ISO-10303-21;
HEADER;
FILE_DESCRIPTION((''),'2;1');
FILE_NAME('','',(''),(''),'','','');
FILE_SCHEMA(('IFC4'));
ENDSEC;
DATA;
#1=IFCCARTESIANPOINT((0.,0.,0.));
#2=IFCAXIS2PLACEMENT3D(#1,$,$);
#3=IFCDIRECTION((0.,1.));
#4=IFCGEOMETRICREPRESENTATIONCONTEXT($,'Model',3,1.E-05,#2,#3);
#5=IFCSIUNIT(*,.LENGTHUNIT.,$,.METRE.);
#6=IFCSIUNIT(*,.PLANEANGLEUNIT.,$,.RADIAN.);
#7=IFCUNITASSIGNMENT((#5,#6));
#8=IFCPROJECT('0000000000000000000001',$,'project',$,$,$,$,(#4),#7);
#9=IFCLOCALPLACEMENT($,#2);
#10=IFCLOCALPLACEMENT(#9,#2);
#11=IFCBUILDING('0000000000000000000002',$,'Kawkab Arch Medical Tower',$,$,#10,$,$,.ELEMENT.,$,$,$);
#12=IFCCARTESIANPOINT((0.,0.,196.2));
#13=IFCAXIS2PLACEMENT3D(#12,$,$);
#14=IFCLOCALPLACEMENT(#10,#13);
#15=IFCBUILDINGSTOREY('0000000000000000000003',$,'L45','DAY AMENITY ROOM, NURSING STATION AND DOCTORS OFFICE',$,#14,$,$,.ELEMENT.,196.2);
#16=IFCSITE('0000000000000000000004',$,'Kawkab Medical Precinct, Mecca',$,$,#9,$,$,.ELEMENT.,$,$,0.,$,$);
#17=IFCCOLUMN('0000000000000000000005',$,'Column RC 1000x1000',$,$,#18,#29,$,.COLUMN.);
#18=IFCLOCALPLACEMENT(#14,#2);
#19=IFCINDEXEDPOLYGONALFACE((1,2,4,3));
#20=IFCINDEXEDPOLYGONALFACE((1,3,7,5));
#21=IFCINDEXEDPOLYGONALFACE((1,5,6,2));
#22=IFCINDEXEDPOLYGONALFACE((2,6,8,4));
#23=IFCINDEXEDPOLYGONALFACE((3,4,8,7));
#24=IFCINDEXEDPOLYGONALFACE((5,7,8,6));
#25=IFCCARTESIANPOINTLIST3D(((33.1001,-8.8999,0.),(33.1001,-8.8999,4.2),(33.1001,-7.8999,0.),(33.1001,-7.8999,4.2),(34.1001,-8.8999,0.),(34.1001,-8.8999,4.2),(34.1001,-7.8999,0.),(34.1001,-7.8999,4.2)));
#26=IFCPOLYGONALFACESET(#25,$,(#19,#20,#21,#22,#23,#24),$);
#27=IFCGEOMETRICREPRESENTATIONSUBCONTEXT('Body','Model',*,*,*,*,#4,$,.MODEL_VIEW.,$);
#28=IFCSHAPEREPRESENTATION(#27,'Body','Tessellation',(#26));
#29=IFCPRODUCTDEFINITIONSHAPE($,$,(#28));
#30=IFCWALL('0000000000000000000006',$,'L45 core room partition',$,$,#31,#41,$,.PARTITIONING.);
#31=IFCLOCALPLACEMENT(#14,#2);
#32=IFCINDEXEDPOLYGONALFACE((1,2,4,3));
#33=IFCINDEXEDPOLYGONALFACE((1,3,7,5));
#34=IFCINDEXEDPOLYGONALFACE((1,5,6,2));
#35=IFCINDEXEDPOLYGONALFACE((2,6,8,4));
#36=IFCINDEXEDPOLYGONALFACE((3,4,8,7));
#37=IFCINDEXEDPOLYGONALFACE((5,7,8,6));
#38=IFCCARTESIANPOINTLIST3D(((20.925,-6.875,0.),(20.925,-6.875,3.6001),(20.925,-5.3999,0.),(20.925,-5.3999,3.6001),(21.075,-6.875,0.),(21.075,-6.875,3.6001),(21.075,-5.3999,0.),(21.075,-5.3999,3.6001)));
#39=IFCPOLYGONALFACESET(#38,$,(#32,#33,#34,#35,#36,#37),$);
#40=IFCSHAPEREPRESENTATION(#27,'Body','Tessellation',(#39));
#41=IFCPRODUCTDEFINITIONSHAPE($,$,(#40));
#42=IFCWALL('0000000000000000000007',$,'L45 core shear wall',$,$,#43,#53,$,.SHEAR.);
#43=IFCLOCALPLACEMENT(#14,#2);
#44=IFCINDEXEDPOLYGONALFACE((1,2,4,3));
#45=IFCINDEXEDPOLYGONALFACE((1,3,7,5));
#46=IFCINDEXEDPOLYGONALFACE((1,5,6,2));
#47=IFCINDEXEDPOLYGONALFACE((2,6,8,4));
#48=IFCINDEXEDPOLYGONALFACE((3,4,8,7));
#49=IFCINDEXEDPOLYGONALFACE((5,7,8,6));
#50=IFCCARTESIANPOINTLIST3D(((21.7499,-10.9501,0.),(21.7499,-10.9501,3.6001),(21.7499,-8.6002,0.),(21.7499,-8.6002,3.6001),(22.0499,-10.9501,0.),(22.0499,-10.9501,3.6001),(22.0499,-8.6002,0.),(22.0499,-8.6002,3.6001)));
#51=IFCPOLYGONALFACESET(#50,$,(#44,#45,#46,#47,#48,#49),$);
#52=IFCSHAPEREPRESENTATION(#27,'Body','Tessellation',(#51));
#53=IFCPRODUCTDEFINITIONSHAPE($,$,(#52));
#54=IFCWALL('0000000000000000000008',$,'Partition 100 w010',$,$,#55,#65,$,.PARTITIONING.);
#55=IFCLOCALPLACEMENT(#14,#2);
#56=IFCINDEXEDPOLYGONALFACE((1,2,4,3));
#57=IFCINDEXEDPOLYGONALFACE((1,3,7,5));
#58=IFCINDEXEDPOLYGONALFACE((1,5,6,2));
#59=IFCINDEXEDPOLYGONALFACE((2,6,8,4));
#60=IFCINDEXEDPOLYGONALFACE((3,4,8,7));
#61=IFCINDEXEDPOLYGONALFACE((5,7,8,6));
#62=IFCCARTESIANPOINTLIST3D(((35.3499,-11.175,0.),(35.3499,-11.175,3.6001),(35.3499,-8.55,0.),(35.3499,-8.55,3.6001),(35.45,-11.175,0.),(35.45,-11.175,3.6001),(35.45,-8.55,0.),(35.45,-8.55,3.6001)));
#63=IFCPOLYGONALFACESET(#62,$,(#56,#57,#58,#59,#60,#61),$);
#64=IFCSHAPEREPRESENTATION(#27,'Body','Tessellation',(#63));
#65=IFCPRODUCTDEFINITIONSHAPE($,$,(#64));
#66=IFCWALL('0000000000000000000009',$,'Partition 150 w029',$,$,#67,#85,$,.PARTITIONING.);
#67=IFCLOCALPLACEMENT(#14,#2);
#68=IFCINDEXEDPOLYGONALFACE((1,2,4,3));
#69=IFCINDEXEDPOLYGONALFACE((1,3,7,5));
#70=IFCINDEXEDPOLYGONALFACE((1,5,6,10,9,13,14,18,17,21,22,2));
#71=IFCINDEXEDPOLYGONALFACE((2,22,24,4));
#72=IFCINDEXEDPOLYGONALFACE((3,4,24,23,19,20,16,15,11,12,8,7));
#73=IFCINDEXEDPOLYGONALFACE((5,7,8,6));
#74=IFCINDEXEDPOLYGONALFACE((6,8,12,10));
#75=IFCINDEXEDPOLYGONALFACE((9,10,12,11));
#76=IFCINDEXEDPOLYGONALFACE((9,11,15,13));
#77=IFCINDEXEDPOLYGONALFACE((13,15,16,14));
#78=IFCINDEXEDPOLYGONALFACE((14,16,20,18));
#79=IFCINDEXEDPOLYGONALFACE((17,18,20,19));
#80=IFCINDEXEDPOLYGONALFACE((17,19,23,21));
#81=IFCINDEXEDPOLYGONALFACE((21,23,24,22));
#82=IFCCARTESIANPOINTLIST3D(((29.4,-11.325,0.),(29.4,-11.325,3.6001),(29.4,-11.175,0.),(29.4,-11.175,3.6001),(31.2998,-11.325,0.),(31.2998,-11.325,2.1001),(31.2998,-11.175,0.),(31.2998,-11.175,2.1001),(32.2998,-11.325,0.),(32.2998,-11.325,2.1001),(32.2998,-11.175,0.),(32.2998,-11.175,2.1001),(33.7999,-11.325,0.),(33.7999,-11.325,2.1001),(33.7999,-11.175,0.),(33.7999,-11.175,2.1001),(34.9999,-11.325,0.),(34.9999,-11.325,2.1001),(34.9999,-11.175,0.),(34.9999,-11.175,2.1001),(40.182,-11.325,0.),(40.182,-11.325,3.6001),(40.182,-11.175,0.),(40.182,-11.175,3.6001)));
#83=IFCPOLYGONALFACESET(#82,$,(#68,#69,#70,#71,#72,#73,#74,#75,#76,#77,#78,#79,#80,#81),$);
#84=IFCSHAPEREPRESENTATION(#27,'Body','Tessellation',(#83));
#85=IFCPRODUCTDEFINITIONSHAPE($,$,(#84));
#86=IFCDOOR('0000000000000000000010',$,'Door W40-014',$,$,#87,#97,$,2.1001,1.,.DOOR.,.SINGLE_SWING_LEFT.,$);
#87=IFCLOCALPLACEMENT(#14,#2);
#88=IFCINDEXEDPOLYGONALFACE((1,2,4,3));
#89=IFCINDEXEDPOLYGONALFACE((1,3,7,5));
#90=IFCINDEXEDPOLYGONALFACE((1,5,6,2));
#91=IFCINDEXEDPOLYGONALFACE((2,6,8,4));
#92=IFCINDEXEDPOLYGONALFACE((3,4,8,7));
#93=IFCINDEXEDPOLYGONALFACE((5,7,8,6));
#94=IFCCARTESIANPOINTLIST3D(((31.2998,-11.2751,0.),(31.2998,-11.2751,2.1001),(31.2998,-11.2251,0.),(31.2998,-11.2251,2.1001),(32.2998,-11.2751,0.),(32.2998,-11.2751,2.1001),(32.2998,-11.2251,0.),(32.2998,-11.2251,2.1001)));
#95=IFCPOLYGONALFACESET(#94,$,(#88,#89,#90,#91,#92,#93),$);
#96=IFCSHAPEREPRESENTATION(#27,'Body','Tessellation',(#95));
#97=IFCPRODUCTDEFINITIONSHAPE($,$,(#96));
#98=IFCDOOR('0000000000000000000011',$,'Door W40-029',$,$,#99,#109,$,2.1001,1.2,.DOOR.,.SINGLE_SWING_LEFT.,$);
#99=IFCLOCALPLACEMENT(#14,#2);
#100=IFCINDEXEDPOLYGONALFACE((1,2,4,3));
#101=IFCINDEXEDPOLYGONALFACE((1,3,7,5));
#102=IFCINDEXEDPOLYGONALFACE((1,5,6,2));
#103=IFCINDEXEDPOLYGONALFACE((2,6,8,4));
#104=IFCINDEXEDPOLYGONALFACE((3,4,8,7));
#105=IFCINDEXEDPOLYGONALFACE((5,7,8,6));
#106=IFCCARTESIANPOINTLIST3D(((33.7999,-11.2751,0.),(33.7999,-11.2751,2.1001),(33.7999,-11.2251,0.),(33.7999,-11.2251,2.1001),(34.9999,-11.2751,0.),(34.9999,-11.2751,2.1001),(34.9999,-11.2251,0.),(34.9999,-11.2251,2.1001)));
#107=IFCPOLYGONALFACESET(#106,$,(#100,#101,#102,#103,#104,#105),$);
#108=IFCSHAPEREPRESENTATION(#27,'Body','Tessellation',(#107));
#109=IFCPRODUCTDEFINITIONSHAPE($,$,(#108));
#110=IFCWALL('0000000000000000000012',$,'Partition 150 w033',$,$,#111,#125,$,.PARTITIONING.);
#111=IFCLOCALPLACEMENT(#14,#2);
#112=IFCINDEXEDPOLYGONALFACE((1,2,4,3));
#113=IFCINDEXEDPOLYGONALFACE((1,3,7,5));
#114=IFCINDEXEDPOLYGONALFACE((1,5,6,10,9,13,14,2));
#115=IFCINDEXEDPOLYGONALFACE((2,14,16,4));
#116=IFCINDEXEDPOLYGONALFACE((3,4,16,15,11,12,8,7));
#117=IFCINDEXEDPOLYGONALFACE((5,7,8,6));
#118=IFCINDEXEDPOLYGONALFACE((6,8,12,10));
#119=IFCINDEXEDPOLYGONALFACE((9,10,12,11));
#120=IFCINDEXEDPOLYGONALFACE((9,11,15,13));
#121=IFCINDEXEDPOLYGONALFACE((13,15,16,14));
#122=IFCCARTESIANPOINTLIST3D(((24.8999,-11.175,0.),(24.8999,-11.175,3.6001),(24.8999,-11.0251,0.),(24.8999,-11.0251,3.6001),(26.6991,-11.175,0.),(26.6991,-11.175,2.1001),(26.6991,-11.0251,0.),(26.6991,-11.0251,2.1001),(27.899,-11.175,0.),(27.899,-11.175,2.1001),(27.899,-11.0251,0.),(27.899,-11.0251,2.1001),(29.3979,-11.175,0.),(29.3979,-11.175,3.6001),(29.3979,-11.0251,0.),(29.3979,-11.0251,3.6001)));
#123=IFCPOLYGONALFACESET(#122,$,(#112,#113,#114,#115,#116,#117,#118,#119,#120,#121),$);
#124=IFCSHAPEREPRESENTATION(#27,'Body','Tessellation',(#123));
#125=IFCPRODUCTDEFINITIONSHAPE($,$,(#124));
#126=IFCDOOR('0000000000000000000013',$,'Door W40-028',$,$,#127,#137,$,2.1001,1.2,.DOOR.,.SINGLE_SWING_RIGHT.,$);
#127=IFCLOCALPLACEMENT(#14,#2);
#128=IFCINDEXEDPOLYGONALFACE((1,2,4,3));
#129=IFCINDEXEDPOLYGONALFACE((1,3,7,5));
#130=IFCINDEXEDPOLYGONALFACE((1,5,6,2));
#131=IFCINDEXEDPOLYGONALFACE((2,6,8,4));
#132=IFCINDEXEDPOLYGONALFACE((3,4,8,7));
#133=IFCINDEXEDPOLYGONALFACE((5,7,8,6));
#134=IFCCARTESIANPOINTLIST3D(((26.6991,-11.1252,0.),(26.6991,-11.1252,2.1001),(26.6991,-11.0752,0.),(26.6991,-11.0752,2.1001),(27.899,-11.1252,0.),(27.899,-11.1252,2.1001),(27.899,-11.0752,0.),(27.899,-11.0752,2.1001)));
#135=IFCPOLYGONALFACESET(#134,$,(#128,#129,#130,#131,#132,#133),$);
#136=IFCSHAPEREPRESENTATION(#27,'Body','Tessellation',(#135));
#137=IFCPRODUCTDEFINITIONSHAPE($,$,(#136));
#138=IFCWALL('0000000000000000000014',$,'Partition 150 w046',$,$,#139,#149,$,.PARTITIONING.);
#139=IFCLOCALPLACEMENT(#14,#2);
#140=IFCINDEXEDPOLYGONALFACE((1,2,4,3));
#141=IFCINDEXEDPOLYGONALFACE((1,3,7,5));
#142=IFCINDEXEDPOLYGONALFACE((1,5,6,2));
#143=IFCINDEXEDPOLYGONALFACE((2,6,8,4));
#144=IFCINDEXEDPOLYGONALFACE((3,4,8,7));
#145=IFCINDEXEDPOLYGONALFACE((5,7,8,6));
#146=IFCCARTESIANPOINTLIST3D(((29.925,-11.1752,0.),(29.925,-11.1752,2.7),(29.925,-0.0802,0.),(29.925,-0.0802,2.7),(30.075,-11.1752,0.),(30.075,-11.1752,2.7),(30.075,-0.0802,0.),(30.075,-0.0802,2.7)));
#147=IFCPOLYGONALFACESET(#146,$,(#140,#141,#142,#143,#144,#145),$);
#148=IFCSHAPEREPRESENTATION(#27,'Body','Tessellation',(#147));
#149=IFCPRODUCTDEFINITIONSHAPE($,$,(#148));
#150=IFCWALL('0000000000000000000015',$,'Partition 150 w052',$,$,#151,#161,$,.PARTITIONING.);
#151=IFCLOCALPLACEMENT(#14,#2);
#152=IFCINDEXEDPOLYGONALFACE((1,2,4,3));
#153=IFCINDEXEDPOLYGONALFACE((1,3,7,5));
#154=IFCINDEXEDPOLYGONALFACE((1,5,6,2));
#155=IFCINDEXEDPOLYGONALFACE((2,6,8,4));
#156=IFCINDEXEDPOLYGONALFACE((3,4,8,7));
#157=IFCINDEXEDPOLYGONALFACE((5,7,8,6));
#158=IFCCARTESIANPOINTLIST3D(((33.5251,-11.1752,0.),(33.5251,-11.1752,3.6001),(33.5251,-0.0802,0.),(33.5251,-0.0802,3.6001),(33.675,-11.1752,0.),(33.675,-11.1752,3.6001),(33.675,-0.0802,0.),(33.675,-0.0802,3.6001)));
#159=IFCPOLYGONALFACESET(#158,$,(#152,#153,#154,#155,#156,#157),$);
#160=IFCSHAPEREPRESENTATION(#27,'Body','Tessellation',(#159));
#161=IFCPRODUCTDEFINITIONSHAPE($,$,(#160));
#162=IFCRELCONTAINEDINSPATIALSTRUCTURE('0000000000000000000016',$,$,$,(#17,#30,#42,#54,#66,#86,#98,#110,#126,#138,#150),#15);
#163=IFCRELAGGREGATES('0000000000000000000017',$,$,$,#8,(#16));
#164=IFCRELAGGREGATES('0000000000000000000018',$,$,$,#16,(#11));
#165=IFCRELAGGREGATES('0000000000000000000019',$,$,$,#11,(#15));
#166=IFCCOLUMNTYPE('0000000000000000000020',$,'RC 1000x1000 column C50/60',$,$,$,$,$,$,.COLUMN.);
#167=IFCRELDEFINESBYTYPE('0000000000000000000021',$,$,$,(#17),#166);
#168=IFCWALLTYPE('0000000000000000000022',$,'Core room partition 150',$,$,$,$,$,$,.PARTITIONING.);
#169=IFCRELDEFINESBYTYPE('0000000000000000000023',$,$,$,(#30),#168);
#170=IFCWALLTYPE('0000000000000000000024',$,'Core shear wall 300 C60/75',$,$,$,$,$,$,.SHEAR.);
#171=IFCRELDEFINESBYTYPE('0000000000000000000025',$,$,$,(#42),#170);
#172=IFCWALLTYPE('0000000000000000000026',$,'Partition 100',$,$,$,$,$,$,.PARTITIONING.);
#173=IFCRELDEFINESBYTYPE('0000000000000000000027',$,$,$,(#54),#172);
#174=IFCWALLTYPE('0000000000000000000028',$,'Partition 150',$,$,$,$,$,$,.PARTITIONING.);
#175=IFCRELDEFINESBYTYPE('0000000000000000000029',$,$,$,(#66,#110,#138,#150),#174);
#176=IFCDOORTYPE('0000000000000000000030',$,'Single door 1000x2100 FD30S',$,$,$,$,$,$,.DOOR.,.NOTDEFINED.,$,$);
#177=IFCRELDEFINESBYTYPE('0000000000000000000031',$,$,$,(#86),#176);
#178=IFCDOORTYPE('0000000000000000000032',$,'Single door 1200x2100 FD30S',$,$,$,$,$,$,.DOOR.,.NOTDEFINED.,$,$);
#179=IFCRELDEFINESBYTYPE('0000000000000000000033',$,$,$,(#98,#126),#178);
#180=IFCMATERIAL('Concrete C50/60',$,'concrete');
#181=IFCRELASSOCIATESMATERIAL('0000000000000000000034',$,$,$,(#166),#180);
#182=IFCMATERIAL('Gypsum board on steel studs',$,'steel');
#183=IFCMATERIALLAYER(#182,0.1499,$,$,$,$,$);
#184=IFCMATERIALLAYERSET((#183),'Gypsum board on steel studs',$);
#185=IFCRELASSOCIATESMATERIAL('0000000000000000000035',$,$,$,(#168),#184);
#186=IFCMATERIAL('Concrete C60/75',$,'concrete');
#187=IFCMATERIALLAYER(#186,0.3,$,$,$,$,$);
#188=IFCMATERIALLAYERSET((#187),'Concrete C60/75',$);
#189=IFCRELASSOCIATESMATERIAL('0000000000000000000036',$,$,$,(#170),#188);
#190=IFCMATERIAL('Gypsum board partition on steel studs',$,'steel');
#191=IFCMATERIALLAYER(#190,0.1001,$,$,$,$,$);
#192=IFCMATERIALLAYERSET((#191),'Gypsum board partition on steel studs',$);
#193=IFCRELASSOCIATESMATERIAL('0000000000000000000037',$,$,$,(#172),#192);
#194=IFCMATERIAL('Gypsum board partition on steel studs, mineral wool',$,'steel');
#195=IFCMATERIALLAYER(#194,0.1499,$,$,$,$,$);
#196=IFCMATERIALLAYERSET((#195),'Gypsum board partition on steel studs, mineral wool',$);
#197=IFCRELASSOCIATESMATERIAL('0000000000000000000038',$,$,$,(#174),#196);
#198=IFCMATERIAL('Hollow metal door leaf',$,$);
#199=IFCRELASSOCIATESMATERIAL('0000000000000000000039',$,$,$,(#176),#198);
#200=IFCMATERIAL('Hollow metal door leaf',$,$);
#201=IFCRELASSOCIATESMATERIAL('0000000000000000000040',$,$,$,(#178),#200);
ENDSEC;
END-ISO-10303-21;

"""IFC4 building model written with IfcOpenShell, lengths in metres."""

from ifc_helpers import new_model, si_unit, direction, frame, frame_2d, origin, origin_2d, place, context, subcontext, project, spatial, rectangle, extrude, material, layer, layer_set, material_profile, profile_set, type_object, element, fill, save


model = new_model("IFC4")

# Units and contexts
model_context = context("Model", 3, precision=1e-05, world=origin(), true_north=direction((0.0, 1.0)))
body_context = subcontext(model_context, "Body", "Model", "MODEL_VIEW")
ifc_project = project(units=[si_unit("LENGTHUNIT", "METRE"), si_unit("PLANEANGLEUNIT", "RADIAN")], contexts=[model_context])

# Site, building, storey
site_placement = place(None, origin())
site = spatial("IfcSite", under=ifc_project, at=site_placement, Name="Kawkab Medical Precinct, Mecca", CompositionType="ELEMENT", RefElevation=0.0)
building_placement = place(site_placement, origin())
building = spatial("IfcBuilding", under=site, at=building_placement, Name="Kawkab Arch Medical Tower", CompositionType="ELEMENT")
storey_placement = place(building_placement, frame((0.0, 0.0, 196.2)))
storey = spatial("IfcBuildingStorey", under=building, at=storey_placement, Name="L45", Description="DAY AMENITY ROOM, NURSING STATION AND DOCTORS OFFICE", CompositionType="ELEMENT", Elevation=196.2)

# Column
ifc_material_1 = material(Name="Concrete C50/60", Category="concrete")
ifc_material_profile = material_profile(ifc_material_1, rectangle(XDim=1.0, YDim=1.0, at=origin_2d()), Name="RC 1000x1000")
ifc_profile_set = profile_set([ifc_material_profile], Name="Concrete C50/60")
column_type = type_object("IfcColumnType", Name="RC 1000x1000 column C50/60", PredefinedType="COLUMN", material=ifc_profile_set)
column_placement = place(storey_placement, frame((33.6001, -8.3999, 0.0), z_axis=(0.0, 0.0, 1.0), x_axis=(1.0, 0.0, 0.0)))
element("IfcColumn", 1, at=column_placement, inside=storey, type_object=column_type, Name="Column RC 1000x1000", PredefinedType="COLUMN", context=body_context, shape_type="SweptSolid", body=[
    extrude(rectangle(XDim=1.0, YDim=1.0, at=origin_2d()), origin(), (0.0, 0.0, 1.0), 4.2),
])

# Walls
ifc_material_2 = material(Name="Gypsum board on steel studs", Category="steel")
ifc_layer_1 = layer(ifc_material_2, 0.1499)
ifc_layer_set_1 = layer_set([ifc_layer_1], Name="Gypsum board on steel studs")
wall_type_1 = type_object("IfcWallType", Name="Core room partition 150", PredefinedType="PARTITIONING", material=ifc_layer_set_1)
wall_1_placement = place(storey_placement, frame((21.0, -6.875, 0.0), z_axis=(0.0, 0.0, 1.0), x_axis=(0.0, 1.0, 0.0)))
element("IfcWall", 2, at=wall_1_placement, inside=storey, type_object=wall_type_1, Name="L45 core room partition", PredefinedType="PARTITIONING", context=body_context, shape_type="SweptSolid", body=[
    extrude(rectangle(XDim=1.4751, YDim=0.1499, at=frame_2d((0.7375, 0.0))), origin(), (0.0, 0.0, 1.0), 3.6001),
])
ifc_material_3 = material(Name="Concrete C60/75", Category="concrete")
ifc_layer_2 = layer(ifc_material_3, 0.3)
ifc_layer_set_2 = layer_set([ifc_layer_2], Name="Concrete C60/75")
wall_type_2 = type_object("IfcWallType", Name="Core shear wall 300 C60/75", PredefinedType="SHEAR", material=ifc_layer_set_2)
wall_2_placement = place(storey_placement, frame((21.8999, -10.95, 0.0), z_axis=(0.0, 0.0, 1.0), x_axis=(0.0, 1.0, 0.0)))
element("IfcWall", 3, at=wall_2_placement, inside=storey, type_object=wall_type_2, Name="L45 core shear wall", PredefinedType="SHEAR", context=body_context, shape_type="SweptSolid", body=[
    extrude(rectangle(XDim=2.3499, YDim=0.3, at=frame_2d((1.1748, 0.0))), origin(), (0.0, 0.0, 1.0), 3.6001),
])
ifc_material_4 = material(Name="Gypsum board partition on steel studs", Category="steel")
ifc_layer_3 = layer(ifc_material_4, 0.1001)
ifc_layer_set_3 = layer_set([ifc_layer_3], Name="Gypsum board partition on steel studs")
wall_type_3 = type_object("IfcWallType", Name="Partition 100", PredefinedType="PARTITIONING", material=ifc_layer_set_3)
wall_3_placement = place(storey_placement, frame((35.3999, -11.175, 0.0), z_axis=(0.0, 0.0, 1.0), x_axis=(0.0, 1.0, 0.0)))
element("IfcWall", 4, at=wall_3_placement, inside=storey, type_object=wall_type_3, Name="Partition 100 w010", PredefinedType="PARTITIONING", context=body_context, shape_type="SweptSolid", body=[
    extrude(rectangle(XDim=2.625, YDim=0.1001, at=frame_2d((1.3125, 0.0))), origin(), (0.0, 0.0, 1.0), 3.6001),
])

# Wall, openings, doors
ifc_material_5 = material(Name="Gypsum board partition on steel studs, mineral wool", Category="steel")
ifc_layer_4 = layer(ifc_material_5, 0.1499)
ifc_layer_set_4 = layer_set([ifc_layer_4], Name="Gypsum board partition on steel studs, mineral wool")
wall_type_4 = type_object("IfcWallType", Name="Partition 150", PredefinedType="PARTITIONING", material=ifc_layer_set_4)
ifc_material_6 = material(Name="Hollow metal door leaf")
door_type_1 = type_object("IfcDoorType", Name="Single door 1000x2100 FD30S", OperationType="NOTDEFINED", PredefinedType="DOOR", material=ifc_material_6)
ifc_material_7 = material(Name="Hollow metal door leaf")
door_type_2 = type_object("IfcDoorType", Name="Single door 1200x2100 FD30S", OperationType="NOTDEFINED", PredefinedType="DOOR", material=ifc_material_7)
wall_4_placement = place(storey_placement, frame((29.3999, -11.25, 0.0), z_axis=(0.0, 0.0, 1.0), x_axis=(1.0, 0.0, 0.0)))
wall_4 = element("IfcWall", 5, at=wall_4_placement, inside=storey, type_object=wall_type_4, Name="Partition 150 w029", PredefinedType="PARTITIONING", context=body_context, shape_type="SweptSolid", body=[
    extrude(rectangle(XDim=10.782, YDim=0.1499, at=frame_2d((5.3911, 0.0))), origin(), (0.0, 0.0, 1.0), 3.6001),
])
opening_1_placement = place(wall_4_placement, frame((1.8999, 0.0, 0.0)))
opening_1 = element("IfcOpeningElement", 6, at=opening_1_placement, cuts=wall_4, PredefinedType="OPENING", context=body_context, shape_type="SweptSolid", body=[
    extrude(rectangle(XDim=1.0, YDim=2.1001, at=frame_2d((0.5, 1.05))), frame((0.0, 0.085, 0.0), z_axis=(0.0, -1.0, 0.0), x_axis=(1.0, 0.0, 0.0)), (0.0, 0.0, 1.0), 0.1699),
])
opening_2_placement = place(wall_4_placement, frame((4.3999, 0.0, 0.0)))
opening_2 = element("IfcOpeningElement", 7, at=opening_2_placement, cuts=wall_4, PredefinedType="OPENING", context=body_context, shape_type="SweptSolid", body=[
    extrude(rectangle(XDim=1.2, YDim=2.1001, at=frame_2d((0.6001, 1.05))), frame((0.0, 0.085, 0.0), z_axis=(0.0, -1.0, 0.0), x_axis=(1.0, 0.0, 0.0)), (0.0, 0.0, 1.0), 0.1699),
])
door_1_placement = place(opening_1_placement, origin())
door_1 = element("IfcDoor", 8, at=door_1_placement, inside=storey, type_object=door_type_1, Name="Door W40-014", OperationType="SINGLE_SWING_LEFT", OverallHeight=2.1001, OverallWidth=1.0, PredefinedType="DOOR", context=body_context, shape_type="SweptSolid", body=[
    extrude(rectangle(XDim=1.0, YDim=2.1001, at=frame_2d((0.5, 1.05))), frame((0.0, 0.0249, 0.0), z_axis=(0.0, -1.0, 0.0), x_axis=(1.0, 0.0, 0.0)), (0.0, 0.0, 1.0), 0.05),
])
fill(opening_1, door_1)
door_2_placement = place(opening_2_placement, origin())
door_2 = element("IfcDoor", 9, at=door_2_placement, inside=storey, type_object=door_type_2, Name="Door W40-029", OperationType="SINGLE_SWING_LEFT", OverallHeight=2.1001, OverallWidth=1.2, PredefinedType="DOOR", context=body_context, shape_type="SweptSolid", body=[
    extrude(rectangle(XDim=1.2, YDim=2.1001, at=frame_2d((0.6001, 1.05))), frame((0.0, 0.0249, 0.0), z_axis=(0.0, -1.0, 0.0), x_axis=(1.0, 0.0, 0.0)), (0.0, 0.0, 1.0), 0.05),
])
fill(opening_2, door_2)

# Wall, opening, door
wall_5_placement = place(storey_placement, frame((24.8999, -11.1001, 0.0), z_axis=(0.0, 0.0, 1.0), x_axis=(1.0, 0.0, 0.0)))
wall_5 = element("IfcWall", 10, at=wall_5_placement, inside=storey, type_object=wall_type_4, Name="Partition 150 w033", PredefinedType="PARTITIONING", context=body_context, shape_type="SweptSolid", body=[
    extrude(rectangle(XDim=4.498, YDim=0.1499, at=frame_2d((2.249, 0.0))), origin(), (0.0, 0.0, 1.0), 3.6001),
])
opening_3_placement = place(wall_5_placement, frame((1.7991, 0.0, 0.0)))
opening_3 = element("IfcOpeningElement", 11, at=opening_3_placement, cuts=wall_5, PredefinedType="OPENING", context=body_context, shape_type="SweptSolid", body=[
    extrude(rectangle(XDim=1.2, YDim=2.1001, at=frame_2d((0.6001, 1.05))), frame((0.0, 0.085, 0.0), z_axis=(0.0, -1.0, 0.0), x_axis=(1.0, 0.0, 0.0)), (0.0, 0.0, 1.0), 0.1699),
])
door_3_placement = place(opening_3_placement, origin())
door_3 = element("IfcDoor", 12, at=door_3_placement, inside=storey, type_object=door_type_2, Name="Door W40-028", OperationType="SINGLE_SWING_RIGHT", OverallHeight=2.1001, OverallWidth=1.2, PredefinedType="DOOR", context=body_context, shape_type="SweptSolid", body=[
    extrude(rectangle(XDim=1.2, YDim=2.1001, at=frame_2d((0.6001, 1.05))), frame((0.0, 0.0249, 0.0), z_axis=(0.0, -1.0, 0.0), x_axis=(1.0, 0.0, 0.0)), (0.0, 0.0, 1.0), 0.05),
])
fill(opening_3, door_3)

# Walls
wall_6_placement = place(storey_placement, frame((30.0, -11.175, 0.0), z_axis=(0.0, 0.0, 1.0), x_axis=(0.0, 1.0, 0.0)))
element("IfcWall", 13, at=wall_6_placement, inside=storey, type_object=wall_type_4, Name="Partition 150 w046", PredefinedType="PARTITIONING", context=body_context, shape_type="SweptSolid", body=[
    extrude(rectangle(XDim=11.095, YDim=0.1499, at=frame_2d((5.5474, 0.0))), origin(), (0.0, 0.0, 1.0), 2.7),
])
wall_7_placement = place(storey_placement, frame((33.6001, -11.175, 0.0), z_axis=(0.0, 0.0, 1.0), x_axis=(0.0, 1.0, 0.0)))
element("IfcWall", 14, at=wall_7_placement, inside=storey, type_object=wall_type_4, Name="Partition 150 w052", PredefinedType="PARTITIONING", context=body_context, shape_type="SweptSolid", body=[
    extrude(rectangle(XDim=11.095, YDim=0.1499, at=frame_2d((5.5474, 0.0))), origin(), (0.0, 0.0, 1.0), 3.6001),
])

save(model, "model.ifc")
